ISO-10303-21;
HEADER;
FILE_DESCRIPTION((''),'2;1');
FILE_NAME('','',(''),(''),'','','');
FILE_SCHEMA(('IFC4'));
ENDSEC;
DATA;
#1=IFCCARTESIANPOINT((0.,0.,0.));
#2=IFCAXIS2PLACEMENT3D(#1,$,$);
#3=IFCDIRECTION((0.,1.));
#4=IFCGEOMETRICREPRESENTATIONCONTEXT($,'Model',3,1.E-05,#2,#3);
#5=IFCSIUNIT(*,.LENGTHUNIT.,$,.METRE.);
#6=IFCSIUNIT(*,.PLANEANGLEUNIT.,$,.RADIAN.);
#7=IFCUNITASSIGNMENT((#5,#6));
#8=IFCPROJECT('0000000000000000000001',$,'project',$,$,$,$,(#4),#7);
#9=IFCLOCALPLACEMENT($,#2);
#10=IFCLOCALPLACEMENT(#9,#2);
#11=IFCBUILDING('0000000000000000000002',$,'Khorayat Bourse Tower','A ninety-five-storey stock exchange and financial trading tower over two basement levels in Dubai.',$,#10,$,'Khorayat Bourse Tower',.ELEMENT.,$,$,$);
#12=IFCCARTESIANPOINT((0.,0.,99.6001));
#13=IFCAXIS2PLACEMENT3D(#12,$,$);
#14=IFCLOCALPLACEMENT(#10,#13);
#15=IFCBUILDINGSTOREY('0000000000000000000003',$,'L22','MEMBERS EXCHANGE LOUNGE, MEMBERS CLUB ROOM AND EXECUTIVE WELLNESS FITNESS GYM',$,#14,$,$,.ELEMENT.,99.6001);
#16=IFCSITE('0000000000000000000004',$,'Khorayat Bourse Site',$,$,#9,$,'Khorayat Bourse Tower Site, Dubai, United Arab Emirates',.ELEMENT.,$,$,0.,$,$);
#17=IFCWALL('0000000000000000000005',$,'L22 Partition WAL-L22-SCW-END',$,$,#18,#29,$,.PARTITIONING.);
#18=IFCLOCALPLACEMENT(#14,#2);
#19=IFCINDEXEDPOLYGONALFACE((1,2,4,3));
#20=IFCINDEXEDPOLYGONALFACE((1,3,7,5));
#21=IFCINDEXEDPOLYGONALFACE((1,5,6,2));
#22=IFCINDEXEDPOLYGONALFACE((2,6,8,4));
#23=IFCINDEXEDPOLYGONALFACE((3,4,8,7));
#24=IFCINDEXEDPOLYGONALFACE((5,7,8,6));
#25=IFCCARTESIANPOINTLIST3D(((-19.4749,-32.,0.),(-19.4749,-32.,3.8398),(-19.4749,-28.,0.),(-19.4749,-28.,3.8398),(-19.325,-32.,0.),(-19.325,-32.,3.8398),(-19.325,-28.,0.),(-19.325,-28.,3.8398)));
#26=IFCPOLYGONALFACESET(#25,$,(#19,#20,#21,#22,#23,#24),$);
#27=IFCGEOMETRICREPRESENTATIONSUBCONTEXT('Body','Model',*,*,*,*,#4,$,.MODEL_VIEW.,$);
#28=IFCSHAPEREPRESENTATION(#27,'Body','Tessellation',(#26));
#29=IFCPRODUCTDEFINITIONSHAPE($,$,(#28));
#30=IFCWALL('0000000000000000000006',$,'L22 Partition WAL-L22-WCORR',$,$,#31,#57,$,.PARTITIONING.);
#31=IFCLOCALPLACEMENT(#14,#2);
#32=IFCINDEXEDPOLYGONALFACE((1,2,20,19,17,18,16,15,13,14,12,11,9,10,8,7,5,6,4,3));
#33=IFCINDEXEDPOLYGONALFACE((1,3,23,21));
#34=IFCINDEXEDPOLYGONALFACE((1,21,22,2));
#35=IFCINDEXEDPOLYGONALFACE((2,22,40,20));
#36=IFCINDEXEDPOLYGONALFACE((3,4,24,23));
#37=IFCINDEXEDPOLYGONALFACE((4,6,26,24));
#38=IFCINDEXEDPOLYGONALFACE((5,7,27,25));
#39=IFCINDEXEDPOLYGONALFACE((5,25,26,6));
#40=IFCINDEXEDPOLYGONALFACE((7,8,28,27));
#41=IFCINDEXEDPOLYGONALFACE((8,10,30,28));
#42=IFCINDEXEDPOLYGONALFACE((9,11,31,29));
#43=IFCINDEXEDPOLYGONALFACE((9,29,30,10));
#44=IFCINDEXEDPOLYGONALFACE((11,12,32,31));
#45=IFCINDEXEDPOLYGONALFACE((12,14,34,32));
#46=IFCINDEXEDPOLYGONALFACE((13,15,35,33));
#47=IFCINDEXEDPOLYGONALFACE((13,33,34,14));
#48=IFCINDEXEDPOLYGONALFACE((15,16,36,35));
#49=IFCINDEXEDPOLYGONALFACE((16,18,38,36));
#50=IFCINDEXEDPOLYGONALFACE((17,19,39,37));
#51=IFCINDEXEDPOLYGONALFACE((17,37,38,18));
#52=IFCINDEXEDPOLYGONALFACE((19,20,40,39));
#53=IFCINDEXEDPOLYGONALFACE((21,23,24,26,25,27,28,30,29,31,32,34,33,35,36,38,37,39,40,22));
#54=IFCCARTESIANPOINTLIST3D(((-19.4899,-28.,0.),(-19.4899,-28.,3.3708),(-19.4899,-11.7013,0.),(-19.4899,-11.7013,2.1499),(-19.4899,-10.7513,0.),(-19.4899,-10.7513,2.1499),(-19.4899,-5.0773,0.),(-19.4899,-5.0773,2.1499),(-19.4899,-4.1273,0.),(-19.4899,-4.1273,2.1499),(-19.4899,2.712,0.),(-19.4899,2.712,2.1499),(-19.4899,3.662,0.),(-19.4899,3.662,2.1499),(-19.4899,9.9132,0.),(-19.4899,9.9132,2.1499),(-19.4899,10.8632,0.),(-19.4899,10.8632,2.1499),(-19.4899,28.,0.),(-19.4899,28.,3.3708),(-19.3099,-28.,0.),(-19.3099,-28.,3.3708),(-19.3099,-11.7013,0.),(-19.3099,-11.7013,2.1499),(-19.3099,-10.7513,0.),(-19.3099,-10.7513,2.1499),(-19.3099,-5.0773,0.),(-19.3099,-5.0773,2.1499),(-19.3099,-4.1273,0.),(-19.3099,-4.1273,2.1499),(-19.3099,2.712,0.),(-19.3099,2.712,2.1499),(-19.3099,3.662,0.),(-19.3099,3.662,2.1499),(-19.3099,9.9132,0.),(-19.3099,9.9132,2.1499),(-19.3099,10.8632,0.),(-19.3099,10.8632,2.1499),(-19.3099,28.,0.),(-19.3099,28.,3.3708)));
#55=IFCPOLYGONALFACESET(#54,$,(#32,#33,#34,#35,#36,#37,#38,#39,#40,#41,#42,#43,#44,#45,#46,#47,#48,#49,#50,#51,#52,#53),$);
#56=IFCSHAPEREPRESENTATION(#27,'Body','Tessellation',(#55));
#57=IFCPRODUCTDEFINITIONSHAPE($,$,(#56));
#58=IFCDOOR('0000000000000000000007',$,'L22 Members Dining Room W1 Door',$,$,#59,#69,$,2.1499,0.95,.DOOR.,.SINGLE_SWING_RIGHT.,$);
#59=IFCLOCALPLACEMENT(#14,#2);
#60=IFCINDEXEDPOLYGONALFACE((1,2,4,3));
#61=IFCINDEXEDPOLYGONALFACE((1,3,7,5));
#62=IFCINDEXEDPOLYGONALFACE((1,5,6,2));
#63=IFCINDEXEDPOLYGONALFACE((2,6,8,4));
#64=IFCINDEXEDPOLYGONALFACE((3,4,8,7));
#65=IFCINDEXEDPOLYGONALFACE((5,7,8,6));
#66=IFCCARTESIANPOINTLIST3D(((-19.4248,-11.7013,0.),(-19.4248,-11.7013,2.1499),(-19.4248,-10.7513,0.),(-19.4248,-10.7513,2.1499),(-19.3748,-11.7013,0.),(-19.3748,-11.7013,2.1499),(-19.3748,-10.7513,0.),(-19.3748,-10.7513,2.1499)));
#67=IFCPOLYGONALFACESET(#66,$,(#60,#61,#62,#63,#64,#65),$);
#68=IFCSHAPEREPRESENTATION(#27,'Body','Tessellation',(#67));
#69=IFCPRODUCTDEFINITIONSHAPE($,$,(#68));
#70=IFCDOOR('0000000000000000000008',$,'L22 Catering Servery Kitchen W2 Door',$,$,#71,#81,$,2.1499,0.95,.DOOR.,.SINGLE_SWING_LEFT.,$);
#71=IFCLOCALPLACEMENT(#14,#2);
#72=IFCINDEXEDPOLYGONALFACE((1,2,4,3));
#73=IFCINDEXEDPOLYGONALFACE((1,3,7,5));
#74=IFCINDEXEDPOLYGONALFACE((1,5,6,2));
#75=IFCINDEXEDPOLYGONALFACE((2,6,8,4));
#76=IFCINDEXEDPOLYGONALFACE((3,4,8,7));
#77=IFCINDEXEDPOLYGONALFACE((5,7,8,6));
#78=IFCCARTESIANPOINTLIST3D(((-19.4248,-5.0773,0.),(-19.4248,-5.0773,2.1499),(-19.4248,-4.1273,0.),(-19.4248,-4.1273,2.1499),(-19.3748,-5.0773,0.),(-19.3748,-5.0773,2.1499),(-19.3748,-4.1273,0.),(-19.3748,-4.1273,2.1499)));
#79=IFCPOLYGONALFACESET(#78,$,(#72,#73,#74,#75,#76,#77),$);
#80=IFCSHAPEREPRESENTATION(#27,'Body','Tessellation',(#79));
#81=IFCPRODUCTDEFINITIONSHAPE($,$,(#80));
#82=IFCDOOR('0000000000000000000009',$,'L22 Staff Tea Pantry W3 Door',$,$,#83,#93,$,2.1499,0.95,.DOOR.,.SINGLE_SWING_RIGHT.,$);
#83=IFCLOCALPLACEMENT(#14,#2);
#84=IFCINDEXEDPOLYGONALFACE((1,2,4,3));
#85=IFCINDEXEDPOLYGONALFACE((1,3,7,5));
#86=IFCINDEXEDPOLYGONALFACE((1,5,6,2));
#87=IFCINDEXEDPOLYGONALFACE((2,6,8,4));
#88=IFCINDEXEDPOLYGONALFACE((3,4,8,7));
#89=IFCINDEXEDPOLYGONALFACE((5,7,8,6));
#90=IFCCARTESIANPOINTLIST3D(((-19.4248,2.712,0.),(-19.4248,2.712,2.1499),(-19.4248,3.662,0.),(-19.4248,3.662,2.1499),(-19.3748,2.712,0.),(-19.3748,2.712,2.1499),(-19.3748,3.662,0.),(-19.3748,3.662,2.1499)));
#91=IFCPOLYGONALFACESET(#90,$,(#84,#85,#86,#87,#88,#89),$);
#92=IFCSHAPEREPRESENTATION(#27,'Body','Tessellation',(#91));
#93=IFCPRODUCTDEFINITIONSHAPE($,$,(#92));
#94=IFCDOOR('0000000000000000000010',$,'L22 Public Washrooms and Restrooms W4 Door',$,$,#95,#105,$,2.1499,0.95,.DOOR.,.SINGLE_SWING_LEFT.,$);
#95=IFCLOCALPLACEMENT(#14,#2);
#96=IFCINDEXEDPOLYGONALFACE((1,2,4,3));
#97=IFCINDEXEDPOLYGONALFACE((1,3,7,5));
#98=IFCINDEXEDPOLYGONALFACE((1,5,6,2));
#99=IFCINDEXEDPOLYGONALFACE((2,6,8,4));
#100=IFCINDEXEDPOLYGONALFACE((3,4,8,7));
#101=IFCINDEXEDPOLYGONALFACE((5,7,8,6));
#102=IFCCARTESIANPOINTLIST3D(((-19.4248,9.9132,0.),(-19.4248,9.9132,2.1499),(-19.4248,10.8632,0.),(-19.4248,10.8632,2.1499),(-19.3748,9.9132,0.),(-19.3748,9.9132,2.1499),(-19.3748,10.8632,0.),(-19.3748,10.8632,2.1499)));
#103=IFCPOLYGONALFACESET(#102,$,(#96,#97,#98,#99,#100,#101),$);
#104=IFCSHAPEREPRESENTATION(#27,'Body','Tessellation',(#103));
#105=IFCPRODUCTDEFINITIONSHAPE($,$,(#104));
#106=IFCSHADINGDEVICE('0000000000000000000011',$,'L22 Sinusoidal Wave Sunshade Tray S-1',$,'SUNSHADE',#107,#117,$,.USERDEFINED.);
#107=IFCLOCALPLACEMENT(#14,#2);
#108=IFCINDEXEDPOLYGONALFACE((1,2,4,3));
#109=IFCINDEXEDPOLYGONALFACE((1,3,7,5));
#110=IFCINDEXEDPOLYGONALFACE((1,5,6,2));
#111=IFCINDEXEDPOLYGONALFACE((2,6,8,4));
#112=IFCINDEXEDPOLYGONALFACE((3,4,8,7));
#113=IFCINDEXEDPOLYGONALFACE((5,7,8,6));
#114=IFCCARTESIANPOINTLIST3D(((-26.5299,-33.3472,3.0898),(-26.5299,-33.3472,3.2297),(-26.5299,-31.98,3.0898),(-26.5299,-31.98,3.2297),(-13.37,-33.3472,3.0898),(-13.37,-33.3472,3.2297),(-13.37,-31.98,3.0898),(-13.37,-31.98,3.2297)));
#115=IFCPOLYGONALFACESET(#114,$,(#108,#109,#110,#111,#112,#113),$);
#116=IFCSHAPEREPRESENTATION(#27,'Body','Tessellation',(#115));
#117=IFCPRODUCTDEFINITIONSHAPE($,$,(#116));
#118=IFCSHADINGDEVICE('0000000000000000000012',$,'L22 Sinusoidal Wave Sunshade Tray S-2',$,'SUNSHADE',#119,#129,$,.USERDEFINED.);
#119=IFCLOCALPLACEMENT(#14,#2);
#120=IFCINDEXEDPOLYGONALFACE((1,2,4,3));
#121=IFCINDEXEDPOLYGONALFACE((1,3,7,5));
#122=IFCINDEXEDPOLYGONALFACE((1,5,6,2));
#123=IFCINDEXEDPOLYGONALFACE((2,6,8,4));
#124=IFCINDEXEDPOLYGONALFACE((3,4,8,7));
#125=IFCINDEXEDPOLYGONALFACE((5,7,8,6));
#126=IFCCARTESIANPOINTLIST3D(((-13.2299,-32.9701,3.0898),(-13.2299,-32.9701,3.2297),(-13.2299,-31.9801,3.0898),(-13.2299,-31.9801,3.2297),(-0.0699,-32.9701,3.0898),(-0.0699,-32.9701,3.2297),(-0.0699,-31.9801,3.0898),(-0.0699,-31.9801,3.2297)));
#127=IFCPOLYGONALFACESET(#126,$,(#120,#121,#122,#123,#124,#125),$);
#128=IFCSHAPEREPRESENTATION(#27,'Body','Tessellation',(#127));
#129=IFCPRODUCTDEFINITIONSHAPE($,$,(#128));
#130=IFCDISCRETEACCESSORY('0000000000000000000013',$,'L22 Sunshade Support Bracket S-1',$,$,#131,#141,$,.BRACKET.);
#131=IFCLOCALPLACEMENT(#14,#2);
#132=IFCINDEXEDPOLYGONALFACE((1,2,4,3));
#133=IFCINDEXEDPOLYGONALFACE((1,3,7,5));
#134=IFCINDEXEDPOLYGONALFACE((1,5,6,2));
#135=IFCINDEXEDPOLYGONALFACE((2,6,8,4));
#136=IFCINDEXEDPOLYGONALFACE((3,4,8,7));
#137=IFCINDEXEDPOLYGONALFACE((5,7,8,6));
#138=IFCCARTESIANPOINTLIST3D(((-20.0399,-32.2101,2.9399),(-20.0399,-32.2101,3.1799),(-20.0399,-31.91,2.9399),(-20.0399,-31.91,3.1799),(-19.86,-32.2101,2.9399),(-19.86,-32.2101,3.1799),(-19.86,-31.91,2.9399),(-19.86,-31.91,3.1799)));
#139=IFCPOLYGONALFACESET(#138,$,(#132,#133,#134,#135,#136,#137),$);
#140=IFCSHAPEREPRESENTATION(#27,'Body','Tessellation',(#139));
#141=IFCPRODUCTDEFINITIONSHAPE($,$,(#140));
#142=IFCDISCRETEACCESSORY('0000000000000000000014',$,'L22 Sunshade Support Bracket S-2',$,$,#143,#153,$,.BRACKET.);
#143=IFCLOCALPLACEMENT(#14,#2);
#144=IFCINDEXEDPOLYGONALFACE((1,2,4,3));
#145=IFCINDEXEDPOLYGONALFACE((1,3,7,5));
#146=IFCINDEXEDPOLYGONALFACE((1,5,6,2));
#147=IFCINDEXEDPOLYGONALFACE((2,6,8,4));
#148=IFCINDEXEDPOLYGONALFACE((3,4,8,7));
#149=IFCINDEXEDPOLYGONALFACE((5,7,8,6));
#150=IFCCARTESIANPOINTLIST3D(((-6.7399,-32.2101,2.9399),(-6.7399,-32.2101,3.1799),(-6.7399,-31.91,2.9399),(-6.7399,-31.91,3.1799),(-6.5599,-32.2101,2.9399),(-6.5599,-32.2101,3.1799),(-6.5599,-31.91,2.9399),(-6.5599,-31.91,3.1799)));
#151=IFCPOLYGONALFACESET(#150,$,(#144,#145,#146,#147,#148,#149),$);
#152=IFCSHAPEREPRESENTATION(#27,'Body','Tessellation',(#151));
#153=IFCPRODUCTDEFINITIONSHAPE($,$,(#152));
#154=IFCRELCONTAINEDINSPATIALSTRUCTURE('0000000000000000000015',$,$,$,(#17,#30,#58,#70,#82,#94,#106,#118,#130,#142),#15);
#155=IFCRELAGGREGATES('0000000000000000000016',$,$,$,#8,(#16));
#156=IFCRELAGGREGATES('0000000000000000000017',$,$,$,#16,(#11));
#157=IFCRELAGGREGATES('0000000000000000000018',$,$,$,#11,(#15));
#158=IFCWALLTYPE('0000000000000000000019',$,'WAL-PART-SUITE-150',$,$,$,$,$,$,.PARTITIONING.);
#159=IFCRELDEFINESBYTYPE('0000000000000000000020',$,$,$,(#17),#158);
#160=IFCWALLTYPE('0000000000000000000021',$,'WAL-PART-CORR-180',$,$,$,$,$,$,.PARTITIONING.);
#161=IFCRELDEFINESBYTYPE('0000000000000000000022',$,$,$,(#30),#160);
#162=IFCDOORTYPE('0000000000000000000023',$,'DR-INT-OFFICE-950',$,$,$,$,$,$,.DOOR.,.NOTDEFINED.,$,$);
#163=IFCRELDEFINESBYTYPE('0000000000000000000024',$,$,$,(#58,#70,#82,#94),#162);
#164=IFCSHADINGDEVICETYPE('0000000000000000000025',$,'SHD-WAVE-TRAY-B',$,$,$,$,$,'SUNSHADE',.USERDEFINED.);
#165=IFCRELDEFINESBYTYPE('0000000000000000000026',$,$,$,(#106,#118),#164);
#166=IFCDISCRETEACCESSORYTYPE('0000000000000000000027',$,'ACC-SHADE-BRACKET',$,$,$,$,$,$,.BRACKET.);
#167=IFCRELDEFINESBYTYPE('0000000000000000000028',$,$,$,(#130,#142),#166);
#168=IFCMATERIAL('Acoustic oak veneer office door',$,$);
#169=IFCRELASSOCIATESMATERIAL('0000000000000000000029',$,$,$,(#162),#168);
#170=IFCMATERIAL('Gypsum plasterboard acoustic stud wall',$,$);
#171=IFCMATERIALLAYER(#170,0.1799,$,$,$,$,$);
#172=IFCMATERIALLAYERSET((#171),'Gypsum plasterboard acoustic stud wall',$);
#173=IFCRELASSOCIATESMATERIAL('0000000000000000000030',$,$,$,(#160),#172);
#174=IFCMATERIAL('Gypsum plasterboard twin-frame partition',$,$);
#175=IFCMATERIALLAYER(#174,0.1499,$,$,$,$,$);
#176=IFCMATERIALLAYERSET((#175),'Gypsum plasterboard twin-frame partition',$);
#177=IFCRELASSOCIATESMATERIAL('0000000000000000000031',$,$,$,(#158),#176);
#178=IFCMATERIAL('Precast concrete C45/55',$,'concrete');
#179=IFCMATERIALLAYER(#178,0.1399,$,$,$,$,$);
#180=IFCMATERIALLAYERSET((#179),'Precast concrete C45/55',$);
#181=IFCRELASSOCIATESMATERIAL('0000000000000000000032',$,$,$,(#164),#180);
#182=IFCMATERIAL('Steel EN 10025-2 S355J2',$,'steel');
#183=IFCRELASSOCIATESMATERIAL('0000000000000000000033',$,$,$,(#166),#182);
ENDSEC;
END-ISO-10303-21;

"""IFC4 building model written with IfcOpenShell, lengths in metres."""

from ifc_helpers import new_model, si_unit, direction, frame, frame_2d, origin, origin_2d, place, context, subcontext, project, spatial, rectangle, extrude, source, transform, mapped, material, layer, layer_set, type_object, element, fill, save


model = new_model("IFC4")

# Units and contexts
model_context = context("Model", 3, precision=1e-05, world=origin(), true_north=direction((0.0, 1.0)))
body_context = subcontext(model_context, "Body", "Model", "MODEL_VIEW")
ifc_project = project(units=[si_unit("LENGTHUNIT", "METRE"), si_unit("PLANEANGLEUNIT", "RADIAN")], contexts=[model_context])

# Site, building, storey
site_placement = place(None, origin())
site = spatial("IfcSite", under=ifc_project, at=site_placement, Name="Khorayat Bourse Site", LongName="Khorayat Bourse Tower Site, Dubai, United Arab Emirates", CompositionType="ELEMENT", RefElevation=0.0)
building_placement = place(site_placement, origin())
building = spatial("IfcBuilding", under=site, at=building_placement, Name="Khorayat Bourse Tower", Description="A ninety-five-storey stock exchange and financial trading tower over two basement levels in Dubai.", LongName="Khorayat Bourse Tower", CompositionType="ELEMENT")
storey_placement = place(building_placement, frame((0.0, 0.0, 99.6001)))
storey = spatial("IfcBuildingStorey", under=building, at=storey_placement, Name="L22", Description="MEMBERS EXCHANGE LOUNGE, MEMBERS CLUB ROOM AND EXECUTIVE WELLNESS FITNESS GYM", CompositionType="ELEMENT", Elevation=99.6001)

# Shared definitions
ifc_material_1 = material(Name="Steel EN 10025-2 S355J2", Category="steel")

# Shared definitions
ifc_material_2 = material(Name="Acoustic oak veneer office door")
door_type_1 = type_object("IfcDoorType", Name="DR-INT-OFFICE-950", OperationType="NOTDEFINED", PredefinedType="DOOR", material=ifc_material_2)
shared_shape_1 = source(origin(), body_context, "Body", "SweptSolid", [
    extrude(rectangle(XDim=0.95, YDim=2.1499, at=frame_2d((0.4751, 1.075))), frame((0.0, 0.0249, 0.0), z_axis=(0.0, -1.0, 0.0), x_axis=(1.0, 0.0, 0.0)), (0.0, 0.0, 1.0), 0.05),
])
ifc_material_3 = material(Name="Gypsum plasterboard acoustic stud wall")
ifc_layer_1 = layer(ifc_material_3, 0.1799)
ifc_layer_set_1 = layer_set([ifc_layer_1], Name="Gypsum plasterboard acoustic stud wall")
wall_type_1 = type_object("IfcWallType", Name="WAL-PART-CORR-180", PredefinedType="PARTITIONING", material=ifc_layer_set_1)

# Wall
ifc_material_4 = material(Name="Gypsum plasterboard twin-frame partition")
ifc_layer_2 = layer(ifc_material_4, 0.1499)
ifc_layer_set_2 = layer_set([ifc_layer_2], Name="Gypsum plasterboard twin-frame partition")
wall_type_2 = type_object("IfcWallType", Name="WAL-PART-SUITE-150", PredefinedType="PARTITIONING", material=ifc_layer_set_2)
shared_shape_2 = source(origin(), body_context, "Body", "SweptSolid", [
    extrude(rectangle(XDim=4.0, YDim=0.1499, at=frame_2d((2.0, 0.0))), origin(), (0.0, 0.0, 1.0), 3.8398),
])
wall_1_placement = place(storey_placement, frame((-19.3999, -32.0, 0.0), z_axis=(0.0, 0.0, 1.0), x_axis=(0.0, 1.0, 0.0)))
element("IfcWall", 1, at=wall_1_placement, inside=storey, type_object=wall_type_2, Name="L22 Partition WAL-L22-SCW-END", PredefinedType="PARTITIONING", context=body_context, shape_type="MappedRepresentation", body=[
    mapped(shared_shape_2, transform((0.0, 0.0, 0.0), scale=1.0)),
])

# Wall, openings, doors
shared_shape_3 = source(origin(), body_context, "Body", "SweptSolid", [
    extrude(rectangle(XDim=56.0, YDim=0.1799, at=frame_2d((28.0, 0.0))), origin(), (0.0, 0.0, 1.0), 3.3708),
])
wall_2_placement = place(storey_placement, frame((-19.3999, -28.0, 0.0), z_axis=(0.0, 0.0, 1.0), x_axis=(0.0, 1.0, 0.0)))
wall_2 = element("IfcWall", 2, at=wall_2_placement, inside=storey, type_object=wall_type_1, Name="L22 Partition WAL-L22-WCORR", PredefinedType="PARTITIONING", context=body_context, shape_type="MappedRepresentation", body=[
    mapped(shared_shape_3, transform((0.0, 0.0, 0.0), scale=1.0)),
])
shared_shape_4 = source(origin(), body_context, "Body", "SweptSolid", [
    extrude(rectangle(XDim=0.95, YDim=2.1499, at=frame_2d((0.4751, 1.075))), frame((0.0, 0.0999, 0.0), z_axis=(0.0, -1.0, 0.0), x_axis=(1.0, 0.0, 0.0)), (0.0, 0.0, 1.0), 0.2),
])
opening_1_placement = place(wall_2_placement, frame((16.2986, 0.0, 0.0)))
opening_1 = element("IfcOpeningElement", 3, at=opening_1_placement, cuts=wall_2, PredefinedType="OPENING", context=body_context, shape_type="MappedRepresentation", body=[
    mapped(shared_shape_4, transform((0.0, 0.0, 0.0), scale=1.0)),
])
opening_2_placement = place(wall_2_placement, frame((22.9226, 0.0, 0.0)))
opening_2 = element("IfcOpeningElement", 4, at=opening_2_placement, cuts=wall_2, PredefinedType="OPENING", context=body_context, shape_type="MappedRepresentation", body=[
    mapped(shared_shape_4, transform((0.0, 0.0, 0.0), scale=1.0)),
])
opening_3_placement = place(wall_2_placement, frame((30.7119, 0.0, 0.0)))
opening_3 = element("IfcOpeningElement", 5, at=opening_3_placement, cuts=wall_2, PredefinedType="OPENING", context=body_context, shape_type="MappedRepresentation", body=[
    mapped(shared_shape_4, transform((0.0, 0.0, 0.0), scale=1.0)),
])
opening_4_placement = place(wall_2_placement, frame((37.9131, 0.0, 0.0)))
opening_4 = element("IfcOpeningElement", 6, at=opening_4_placement, cuts=wall_2, PredefinedType="OPENING", context=body_context, shape_type="MappedRepresentation", body=[
    mapped(shared_shape_4, transform((0.0, 0.0, 0.0), scale=1.0)),
])
door_1_placement = place(opening_1_placement, origin())
door_1 = element("IfcDoor", 7, at=door_1_placement, inside=storey, type_object=door_type_1, Name="L22 Members Dining Room W1 Door", OperationType="SINGLE_SWING_RIGHT", OverallHeight=2.1499, OverallWidth=0.95, PredefinedType="DOOR", context=body_context, shape_type="MappedRepresentation", body=[
    mapped(shared_shape_1, transform((0.0, 0.0, 0.0), scale=1.0)),
])
fill(opening_1, door_1)
door_2_placement = place(opening_2_placement, origin())
door_2 = element("IfcDoor", 8, at=door_2_placement, inside=storey, type_object=door_type_1, Name="L22 Catering Servery Kitchen W2 Door", OperationType="SINGLE_SWING_LEFT", OverallHeight=2.1499, OverallWidth=0.95, PredefinedType="DOOR", context=body_context, shape_type="MappedRepresentation", body=[
    mapped(shared_shape_1, transform((0.0, 0.0, 0.0), scale=1.0)),
])
fill(opening_2, door_2)
door_3_placement = place(opening_3_placement, origin())
door_3 = element("IfcDoor", 9, at=door_3_placement, inside=storey, type_object=door_type_1, Name="L22 Staff Tea Pantry W3 Door", OperationType="SINGLE_SWING_RIGHT", OverallHeight=2.1499, OverallWidth=0.95, PredefinedType="DOOR", context=body_context, shape_type="MappedRepresentation", body=[
    mapped(shared_shape_1, transform((0.0, 0.0, 0.0), scale=1.0)),
])
fill(opening_3, door_3)
door_4_placement = place(opening_4_placement, origin())
door_4 = element("IfcDoor", 10, at=door_4_placement, inside=storey, type_object=door_type_1, Name="L22 Public Washrooms and Restrooms W4 Door", OperationType="SINGLE_SWING_LEFT", OverallHeight=2.1499, OverallWidth=0.95, PredefinedType="DOOR", context=body_context, shape_type="MappedRepresentation", body=[
    mapped(shared_shape_1, transform((0.0, 0.0, 0.0), scale=1.0)),
])
fill(opening_4, door_4)

# Shading devices
ifc_material_5 = material(Name="Precast concrete C45/55", Category="concrete")
ifc_layer_3 = layer(ifc_material_5, 0.1399)
ifc_layer_set_3 = layer_set([ifc_layer_3], Name="Precast concrete C45/55")
shading_device_type = type_object("IfcShadingDeviceType", Name="SHD-WAVE-TRAY-B", ElementType="SUNSHADE", PredefinedType="USERDEFINED", material=ifc_layer_set_3)
shared_shape_5 = source(origin(), body_context, "Body", "SweptSolid", [
    extrude(rectangle(XDim=13.1599, YDim=1.3672, at=origin_2d()), origin(), (0.0, 0.0, 1.0), 0.1399),
])
shading_device_1_placement = place(storey_placement, frame((-19.95, -32.6636, 3.0898), z_axis=(0.0, 0.0, 1.0), x_axis=(1.0, 0.0, 0.0)))
element("IfcShadingDevice", 11, at=shading_device_1_placement, inside=storey, type_object=shading_device_type, Name="L22 Sinusoidal Wave Sunshade Tray S-1", ObjectType="SUNSHADE", PredefinedType="USERDEFINED", context=body_context, shape_type="MappedRepresentation", body=[
    mapped(shared_shape_5, transform((0.0, 0.0, 0.0), scale=1.0)),
])
shared_shape_6 = source(origin(), body_context, "Body", "SweptSolid", [
    extrude(rectangle(XDim=13.1599, YDim=0.99, at=origin_2d()), origin(), (0.0, 0.0, 1.0), 0.1399),
])
shading_device_2_placement = place(storey_placement, frame((-6.6499, -32.4751, 3.0898), z_axis=(0.0, 0.0, 1.0), x_axis=(1.0, 0.0, 0.0)))
element("IfcShadingDevice", 12, at=shading_device_2_placement, inside=storey, type_object=shading_device_type, Name="L22 Sinusoidal Wave Sunshade Tray S-2", ObjectType="SUNSHADE", PredefinedType="USERDEFINED", context=body_context, shape_type="MappedRepresentation", body=[
    mapped(shared_shape_6, transform((0.0, 0.0, 0.0), scale=1.0)),
])

# Discrete accessories
discrete_accessory_type = type_object("IfcDiscreteAccessoryType", Name="ACC-SHADE-BRACKET", PredefinedType="BRACKET", material=ifc_material_1)
shared_shape_7 = source(origin(), body_context, "Body", "SweptSolid", [
    extrude(rectangle(XDim=0.1799, YDim=0.3, at=origin_2d()), origin(), (0.0, 0.0, 1.0), 0.24),
])
for number, where, z_axis, x_axis, name in (
    (13, (-19.95, -32.0601, 2.9399), (0.0, 0.0, 1.0), (1.0, 0.0, 0.0), "L22 Sunshade Support Bracket S-1"),
    (14, (-6.6499, -32.0601, 2.9399), (0.0, 0.0, 1.0), (1.0, 0.0, 0.0), "L22 Sunshade Support Bracket S-2"),
):
    element("IfcDiscreteAccessory", number, at=place(storey_placement, frame(where, z_axis=z_axis, x_axis=x_axis)), inside=storey, type_object=discrete_accessory_type, Name=name, PredefinedType="BRACKET", context=body_context, shape_type="MappedRepresentation", body=[
        mapped(shared_shape_7, transform((0.0, 0.0, 0.0), scale=1.0)),
    ])

save(model, "model.ifc")
